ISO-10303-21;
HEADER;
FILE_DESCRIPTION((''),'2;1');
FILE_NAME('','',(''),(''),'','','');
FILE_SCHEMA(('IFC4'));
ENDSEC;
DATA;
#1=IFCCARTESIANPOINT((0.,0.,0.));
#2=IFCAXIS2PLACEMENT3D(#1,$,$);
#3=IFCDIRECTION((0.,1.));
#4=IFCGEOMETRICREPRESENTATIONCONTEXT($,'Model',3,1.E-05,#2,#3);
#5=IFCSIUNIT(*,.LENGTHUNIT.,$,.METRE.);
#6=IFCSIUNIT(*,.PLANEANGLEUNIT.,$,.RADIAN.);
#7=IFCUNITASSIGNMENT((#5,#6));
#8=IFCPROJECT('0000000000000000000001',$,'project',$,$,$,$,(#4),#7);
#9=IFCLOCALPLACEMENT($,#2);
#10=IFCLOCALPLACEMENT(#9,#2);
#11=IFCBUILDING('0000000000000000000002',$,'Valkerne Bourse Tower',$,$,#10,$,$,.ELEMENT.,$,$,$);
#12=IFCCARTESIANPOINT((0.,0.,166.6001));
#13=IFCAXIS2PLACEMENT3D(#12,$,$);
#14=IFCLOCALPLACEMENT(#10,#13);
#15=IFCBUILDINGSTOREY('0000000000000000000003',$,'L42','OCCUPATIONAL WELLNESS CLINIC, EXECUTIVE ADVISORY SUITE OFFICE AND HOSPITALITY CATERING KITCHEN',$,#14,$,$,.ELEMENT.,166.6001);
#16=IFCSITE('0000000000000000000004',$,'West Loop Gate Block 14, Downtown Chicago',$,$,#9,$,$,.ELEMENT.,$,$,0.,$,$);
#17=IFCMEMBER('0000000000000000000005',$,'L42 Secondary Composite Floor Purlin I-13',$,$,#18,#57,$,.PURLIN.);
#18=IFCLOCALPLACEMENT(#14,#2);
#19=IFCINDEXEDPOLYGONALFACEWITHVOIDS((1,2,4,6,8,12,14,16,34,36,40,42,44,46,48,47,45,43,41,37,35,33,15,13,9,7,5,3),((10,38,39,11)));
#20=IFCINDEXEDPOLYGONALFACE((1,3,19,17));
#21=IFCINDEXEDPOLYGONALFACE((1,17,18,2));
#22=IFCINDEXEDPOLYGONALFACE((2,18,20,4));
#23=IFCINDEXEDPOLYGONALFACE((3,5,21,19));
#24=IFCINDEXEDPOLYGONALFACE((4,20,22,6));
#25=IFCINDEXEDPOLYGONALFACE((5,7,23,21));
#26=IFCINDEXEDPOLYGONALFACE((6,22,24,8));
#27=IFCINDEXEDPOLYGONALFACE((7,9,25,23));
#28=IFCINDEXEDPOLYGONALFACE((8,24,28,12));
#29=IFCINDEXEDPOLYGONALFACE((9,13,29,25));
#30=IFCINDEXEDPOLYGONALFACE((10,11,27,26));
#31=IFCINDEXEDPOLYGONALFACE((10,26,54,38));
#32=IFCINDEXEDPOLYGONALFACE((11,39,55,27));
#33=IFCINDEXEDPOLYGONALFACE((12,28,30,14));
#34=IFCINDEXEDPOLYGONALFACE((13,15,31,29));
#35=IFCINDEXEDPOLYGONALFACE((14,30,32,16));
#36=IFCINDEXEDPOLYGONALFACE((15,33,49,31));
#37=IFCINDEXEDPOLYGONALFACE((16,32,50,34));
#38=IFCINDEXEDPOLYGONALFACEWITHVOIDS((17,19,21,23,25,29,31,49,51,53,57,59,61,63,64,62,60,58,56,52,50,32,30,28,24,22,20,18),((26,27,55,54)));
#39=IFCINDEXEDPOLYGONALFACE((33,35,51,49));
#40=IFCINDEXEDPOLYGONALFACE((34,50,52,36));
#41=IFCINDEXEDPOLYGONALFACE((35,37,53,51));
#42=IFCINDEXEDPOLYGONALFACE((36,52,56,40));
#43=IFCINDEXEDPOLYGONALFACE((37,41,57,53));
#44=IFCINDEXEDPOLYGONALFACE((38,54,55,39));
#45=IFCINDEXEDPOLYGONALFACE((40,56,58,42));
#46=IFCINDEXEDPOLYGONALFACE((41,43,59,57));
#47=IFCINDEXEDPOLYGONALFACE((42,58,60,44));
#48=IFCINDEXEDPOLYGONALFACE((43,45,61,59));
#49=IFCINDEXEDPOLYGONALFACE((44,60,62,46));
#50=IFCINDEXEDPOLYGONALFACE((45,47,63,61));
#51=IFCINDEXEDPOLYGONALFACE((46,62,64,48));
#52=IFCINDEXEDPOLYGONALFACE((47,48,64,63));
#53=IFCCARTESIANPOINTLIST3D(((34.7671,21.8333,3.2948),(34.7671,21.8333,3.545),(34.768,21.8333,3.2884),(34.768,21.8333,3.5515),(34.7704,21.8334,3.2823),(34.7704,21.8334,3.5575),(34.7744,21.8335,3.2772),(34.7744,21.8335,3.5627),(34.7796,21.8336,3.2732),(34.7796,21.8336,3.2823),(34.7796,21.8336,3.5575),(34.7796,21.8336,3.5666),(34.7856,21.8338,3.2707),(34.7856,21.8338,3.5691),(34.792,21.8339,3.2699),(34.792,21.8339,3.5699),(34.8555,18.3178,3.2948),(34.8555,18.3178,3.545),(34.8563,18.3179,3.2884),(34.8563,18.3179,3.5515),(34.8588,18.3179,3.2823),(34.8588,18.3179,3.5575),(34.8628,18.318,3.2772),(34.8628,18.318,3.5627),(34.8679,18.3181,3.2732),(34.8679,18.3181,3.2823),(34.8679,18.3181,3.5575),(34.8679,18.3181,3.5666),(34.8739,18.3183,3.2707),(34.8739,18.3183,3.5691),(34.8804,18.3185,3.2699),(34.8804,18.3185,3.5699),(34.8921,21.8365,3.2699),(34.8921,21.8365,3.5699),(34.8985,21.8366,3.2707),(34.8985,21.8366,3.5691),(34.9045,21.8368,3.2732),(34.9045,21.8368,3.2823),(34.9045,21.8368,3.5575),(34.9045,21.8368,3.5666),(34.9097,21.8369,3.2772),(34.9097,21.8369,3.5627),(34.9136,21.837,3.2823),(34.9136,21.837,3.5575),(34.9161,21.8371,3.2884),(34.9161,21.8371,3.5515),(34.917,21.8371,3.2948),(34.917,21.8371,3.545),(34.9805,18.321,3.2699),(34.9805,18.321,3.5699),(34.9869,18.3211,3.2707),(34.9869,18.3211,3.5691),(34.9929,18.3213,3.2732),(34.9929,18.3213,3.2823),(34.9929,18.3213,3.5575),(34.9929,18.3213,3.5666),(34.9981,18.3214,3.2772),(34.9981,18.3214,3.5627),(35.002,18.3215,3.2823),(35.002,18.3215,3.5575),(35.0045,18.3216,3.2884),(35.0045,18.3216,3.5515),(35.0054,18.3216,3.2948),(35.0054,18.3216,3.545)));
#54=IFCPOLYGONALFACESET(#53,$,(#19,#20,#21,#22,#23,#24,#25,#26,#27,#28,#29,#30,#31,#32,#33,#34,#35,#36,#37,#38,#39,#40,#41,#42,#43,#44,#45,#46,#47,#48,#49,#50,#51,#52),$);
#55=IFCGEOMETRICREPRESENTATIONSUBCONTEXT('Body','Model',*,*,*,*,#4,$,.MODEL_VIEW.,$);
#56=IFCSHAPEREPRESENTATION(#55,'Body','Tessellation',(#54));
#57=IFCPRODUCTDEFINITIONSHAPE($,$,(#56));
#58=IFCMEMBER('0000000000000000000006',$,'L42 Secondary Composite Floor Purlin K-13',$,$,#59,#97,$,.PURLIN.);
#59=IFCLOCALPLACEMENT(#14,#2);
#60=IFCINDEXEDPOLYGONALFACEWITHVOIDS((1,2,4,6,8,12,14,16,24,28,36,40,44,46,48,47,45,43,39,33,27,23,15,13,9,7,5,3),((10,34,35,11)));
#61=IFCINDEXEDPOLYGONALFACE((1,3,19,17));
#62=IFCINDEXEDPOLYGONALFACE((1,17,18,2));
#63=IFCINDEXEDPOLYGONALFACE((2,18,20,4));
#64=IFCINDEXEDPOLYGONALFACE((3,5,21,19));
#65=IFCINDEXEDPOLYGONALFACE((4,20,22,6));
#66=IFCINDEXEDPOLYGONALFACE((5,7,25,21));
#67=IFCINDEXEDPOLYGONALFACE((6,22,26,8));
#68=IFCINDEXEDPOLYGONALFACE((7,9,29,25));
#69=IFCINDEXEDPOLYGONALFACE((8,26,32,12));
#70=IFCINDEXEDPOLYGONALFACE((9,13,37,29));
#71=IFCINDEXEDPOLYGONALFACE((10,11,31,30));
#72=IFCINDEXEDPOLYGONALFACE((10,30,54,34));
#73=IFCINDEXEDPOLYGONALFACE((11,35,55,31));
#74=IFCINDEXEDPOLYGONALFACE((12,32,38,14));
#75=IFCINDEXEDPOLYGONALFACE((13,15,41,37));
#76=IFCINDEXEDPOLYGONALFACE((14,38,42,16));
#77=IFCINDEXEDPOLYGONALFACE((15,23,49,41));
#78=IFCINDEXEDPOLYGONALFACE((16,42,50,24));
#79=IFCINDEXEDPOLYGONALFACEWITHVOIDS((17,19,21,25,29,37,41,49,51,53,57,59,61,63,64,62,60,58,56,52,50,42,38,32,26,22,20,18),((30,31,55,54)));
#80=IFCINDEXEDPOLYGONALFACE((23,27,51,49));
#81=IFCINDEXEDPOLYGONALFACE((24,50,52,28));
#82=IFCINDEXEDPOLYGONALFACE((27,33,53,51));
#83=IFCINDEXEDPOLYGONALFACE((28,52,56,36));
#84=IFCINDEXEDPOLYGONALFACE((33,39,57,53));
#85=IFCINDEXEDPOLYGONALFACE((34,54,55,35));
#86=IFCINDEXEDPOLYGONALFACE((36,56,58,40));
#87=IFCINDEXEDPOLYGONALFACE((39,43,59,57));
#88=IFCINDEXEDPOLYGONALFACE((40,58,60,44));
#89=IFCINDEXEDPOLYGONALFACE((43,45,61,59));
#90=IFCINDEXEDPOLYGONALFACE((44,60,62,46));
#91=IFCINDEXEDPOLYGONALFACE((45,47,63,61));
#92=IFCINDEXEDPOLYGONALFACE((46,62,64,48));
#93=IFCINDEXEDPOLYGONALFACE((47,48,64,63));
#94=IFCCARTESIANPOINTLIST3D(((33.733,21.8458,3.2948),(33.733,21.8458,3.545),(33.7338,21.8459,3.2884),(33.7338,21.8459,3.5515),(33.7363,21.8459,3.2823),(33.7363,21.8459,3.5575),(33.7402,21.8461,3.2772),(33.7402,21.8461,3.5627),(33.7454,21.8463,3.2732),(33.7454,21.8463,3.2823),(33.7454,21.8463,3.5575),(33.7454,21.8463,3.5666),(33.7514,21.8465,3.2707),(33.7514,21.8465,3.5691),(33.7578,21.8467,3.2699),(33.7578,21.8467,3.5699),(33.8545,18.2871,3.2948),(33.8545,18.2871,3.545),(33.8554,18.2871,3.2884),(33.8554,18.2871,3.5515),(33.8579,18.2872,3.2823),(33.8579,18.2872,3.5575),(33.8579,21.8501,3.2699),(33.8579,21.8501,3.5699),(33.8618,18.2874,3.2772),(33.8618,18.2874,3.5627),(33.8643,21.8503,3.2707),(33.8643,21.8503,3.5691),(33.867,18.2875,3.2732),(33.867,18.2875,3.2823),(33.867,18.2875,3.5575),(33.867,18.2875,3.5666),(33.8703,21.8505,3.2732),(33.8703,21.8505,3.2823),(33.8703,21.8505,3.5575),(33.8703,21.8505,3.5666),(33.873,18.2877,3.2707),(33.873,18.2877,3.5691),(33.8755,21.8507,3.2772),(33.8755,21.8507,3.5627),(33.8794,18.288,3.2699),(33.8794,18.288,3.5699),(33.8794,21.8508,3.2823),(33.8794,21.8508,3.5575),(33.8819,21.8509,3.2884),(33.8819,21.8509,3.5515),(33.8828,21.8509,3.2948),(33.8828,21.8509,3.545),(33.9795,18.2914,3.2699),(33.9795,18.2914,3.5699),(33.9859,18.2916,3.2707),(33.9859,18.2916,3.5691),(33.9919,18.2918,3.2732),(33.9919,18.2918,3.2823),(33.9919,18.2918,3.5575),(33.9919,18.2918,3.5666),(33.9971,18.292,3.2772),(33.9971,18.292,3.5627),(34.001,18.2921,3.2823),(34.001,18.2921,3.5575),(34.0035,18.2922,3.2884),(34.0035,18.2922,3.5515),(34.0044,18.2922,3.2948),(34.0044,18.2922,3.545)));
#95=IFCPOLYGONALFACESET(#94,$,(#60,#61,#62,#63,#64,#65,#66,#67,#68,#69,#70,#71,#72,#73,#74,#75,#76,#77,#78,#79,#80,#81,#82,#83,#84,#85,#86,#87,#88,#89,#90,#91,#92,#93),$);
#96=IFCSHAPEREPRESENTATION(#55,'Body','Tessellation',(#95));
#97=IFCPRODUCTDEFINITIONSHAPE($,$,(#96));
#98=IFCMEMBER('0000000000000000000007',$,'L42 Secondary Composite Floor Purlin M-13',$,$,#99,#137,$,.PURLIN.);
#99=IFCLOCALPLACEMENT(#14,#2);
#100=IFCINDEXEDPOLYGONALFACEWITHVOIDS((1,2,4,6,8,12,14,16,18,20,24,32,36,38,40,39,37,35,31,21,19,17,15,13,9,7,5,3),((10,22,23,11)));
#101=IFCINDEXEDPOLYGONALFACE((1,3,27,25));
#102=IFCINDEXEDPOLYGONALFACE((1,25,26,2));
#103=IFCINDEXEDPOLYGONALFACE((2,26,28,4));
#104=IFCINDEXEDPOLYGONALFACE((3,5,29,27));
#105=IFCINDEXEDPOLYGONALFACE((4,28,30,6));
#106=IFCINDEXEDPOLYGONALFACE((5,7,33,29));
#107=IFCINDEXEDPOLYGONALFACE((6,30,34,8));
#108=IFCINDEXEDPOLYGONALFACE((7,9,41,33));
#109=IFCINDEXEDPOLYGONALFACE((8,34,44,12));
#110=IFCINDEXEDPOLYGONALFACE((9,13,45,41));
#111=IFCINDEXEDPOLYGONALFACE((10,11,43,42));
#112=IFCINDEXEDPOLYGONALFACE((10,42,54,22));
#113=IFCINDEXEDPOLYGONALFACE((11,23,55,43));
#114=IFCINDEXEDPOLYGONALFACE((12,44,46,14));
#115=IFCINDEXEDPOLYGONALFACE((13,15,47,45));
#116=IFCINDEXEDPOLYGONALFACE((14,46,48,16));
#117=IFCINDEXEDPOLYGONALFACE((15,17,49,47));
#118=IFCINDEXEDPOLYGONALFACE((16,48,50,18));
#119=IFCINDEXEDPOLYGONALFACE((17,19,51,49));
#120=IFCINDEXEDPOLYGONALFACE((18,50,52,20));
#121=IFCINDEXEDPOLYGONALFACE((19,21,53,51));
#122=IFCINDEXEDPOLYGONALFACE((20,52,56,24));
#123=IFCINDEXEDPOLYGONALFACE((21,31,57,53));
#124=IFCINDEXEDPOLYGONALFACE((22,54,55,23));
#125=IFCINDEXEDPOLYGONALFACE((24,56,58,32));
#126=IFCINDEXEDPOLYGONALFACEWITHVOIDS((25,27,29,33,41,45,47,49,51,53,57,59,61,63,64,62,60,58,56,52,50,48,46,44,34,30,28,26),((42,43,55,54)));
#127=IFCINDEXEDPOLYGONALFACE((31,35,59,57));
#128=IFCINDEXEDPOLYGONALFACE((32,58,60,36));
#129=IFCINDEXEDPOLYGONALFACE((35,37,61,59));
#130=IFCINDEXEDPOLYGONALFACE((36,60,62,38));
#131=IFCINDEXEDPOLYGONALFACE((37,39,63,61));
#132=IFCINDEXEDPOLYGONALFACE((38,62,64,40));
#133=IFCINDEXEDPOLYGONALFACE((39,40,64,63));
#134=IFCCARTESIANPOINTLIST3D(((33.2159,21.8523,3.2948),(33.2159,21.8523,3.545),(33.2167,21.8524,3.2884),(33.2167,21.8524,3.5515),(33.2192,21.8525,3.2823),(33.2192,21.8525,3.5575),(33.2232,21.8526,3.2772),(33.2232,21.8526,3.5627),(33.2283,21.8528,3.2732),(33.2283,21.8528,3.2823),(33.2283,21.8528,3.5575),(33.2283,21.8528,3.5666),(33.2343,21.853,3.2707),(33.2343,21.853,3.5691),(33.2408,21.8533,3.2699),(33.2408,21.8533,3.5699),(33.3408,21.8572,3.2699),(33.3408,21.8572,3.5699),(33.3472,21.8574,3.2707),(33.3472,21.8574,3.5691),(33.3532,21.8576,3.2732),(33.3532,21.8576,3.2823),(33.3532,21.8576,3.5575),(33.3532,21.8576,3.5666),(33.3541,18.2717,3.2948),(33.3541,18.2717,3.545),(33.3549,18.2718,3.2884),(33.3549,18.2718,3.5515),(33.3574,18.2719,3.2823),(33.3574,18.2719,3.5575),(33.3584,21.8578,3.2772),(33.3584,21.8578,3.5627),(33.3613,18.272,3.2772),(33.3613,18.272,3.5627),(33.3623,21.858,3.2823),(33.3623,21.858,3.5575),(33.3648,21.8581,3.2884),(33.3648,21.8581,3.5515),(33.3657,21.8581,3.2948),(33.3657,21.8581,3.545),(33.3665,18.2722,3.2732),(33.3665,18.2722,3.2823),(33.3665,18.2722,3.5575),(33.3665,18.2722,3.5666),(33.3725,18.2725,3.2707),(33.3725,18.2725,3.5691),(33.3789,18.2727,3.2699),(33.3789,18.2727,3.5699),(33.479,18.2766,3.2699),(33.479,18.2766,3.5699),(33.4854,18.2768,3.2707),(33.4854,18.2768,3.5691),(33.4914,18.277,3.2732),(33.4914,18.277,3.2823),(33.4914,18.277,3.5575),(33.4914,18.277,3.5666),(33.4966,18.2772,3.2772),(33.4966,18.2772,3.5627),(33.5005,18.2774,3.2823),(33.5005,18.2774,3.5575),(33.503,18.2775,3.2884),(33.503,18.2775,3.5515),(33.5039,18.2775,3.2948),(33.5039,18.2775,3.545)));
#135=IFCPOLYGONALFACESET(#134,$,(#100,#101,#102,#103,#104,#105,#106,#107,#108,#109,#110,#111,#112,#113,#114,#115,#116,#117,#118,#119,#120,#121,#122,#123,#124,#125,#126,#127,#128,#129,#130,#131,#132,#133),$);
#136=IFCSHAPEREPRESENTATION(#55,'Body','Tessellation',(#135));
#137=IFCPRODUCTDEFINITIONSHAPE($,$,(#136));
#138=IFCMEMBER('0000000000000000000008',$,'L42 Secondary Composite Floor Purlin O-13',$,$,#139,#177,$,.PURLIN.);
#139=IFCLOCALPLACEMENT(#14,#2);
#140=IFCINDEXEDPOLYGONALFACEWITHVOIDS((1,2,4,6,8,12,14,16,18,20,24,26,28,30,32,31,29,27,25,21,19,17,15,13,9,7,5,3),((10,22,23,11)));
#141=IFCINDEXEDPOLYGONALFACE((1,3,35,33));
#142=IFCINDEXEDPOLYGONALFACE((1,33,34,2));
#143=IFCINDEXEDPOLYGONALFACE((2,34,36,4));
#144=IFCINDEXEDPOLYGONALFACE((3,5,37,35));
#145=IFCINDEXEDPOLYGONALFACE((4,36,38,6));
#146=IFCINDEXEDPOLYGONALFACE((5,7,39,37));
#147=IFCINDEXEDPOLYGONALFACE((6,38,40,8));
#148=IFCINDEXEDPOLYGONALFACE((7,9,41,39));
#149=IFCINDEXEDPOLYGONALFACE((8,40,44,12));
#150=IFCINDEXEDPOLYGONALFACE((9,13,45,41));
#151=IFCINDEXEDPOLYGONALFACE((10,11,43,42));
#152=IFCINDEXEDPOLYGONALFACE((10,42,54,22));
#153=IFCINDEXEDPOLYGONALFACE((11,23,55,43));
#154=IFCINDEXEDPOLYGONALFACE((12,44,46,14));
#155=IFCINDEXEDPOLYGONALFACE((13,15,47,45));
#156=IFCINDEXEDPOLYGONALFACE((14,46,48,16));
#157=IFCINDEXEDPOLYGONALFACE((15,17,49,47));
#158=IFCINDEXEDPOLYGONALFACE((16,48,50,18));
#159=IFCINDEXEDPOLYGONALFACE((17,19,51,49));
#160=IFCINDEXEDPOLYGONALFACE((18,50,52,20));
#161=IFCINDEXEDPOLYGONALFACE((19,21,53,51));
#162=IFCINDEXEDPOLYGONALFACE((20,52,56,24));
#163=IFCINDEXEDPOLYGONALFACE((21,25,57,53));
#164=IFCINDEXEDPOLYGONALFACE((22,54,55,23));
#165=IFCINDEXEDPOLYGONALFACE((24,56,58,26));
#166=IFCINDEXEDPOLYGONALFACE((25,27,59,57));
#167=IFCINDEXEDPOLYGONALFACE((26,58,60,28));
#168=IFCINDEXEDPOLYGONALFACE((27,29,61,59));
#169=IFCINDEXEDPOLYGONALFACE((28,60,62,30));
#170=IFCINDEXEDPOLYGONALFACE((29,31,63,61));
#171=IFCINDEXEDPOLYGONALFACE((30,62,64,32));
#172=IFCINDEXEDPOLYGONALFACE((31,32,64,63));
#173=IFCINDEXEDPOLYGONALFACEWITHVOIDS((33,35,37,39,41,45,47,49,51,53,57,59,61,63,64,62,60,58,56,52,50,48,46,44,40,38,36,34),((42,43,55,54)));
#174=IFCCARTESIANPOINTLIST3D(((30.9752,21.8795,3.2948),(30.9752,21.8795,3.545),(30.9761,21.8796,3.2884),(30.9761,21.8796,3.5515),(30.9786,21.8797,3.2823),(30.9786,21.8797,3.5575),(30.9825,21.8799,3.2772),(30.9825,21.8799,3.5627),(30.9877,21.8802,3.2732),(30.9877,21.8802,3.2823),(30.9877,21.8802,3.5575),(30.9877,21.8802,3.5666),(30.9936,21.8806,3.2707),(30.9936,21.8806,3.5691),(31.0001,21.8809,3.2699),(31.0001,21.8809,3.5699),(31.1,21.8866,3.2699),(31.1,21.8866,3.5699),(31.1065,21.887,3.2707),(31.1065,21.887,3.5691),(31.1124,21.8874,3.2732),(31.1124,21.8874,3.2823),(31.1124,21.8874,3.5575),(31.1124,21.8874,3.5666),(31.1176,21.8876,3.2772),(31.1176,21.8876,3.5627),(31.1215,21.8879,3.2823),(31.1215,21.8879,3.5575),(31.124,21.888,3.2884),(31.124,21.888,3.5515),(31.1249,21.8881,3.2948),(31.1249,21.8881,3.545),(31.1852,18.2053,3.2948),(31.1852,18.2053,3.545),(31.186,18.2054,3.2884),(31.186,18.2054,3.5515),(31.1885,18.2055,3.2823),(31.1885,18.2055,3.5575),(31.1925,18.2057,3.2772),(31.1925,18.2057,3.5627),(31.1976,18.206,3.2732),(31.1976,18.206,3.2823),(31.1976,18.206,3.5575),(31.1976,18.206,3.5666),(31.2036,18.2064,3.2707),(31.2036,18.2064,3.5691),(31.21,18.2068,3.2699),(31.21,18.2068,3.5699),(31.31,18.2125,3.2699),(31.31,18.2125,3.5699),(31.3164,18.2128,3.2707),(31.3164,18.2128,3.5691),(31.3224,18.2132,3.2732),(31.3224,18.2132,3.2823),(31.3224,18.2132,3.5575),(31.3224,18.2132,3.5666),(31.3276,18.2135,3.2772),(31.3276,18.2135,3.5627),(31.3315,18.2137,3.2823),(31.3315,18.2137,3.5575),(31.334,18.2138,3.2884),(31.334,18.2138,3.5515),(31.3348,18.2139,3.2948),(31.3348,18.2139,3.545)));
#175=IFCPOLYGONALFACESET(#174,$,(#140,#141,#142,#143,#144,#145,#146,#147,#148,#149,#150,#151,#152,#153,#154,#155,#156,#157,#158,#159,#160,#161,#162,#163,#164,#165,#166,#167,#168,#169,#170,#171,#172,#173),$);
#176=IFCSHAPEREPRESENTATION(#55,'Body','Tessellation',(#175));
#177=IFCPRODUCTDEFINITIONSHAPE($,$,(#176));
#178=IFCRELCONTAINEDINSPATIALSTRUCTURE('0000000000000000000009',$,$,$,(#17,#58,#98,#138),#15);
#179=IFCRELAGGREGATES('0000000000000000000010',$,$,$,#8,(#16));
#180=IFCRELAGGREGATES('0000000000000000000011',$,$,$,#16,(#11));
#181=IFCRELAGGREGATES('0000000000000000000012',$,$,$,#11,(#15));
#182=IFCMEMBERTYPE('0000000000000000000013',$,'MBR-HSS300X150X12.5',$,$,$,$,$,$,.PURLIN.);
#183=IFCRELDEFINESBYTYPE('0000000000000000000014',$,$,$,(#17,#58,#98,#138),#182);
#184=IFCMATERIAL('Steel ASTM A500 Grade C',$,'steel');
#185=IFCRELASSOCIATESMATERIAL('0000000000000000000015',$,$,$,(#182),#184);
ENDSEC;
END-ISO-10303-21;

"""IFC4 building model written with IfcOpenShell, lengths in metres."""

from ifc_helpers import new_model, si_unit, direction, frame, origin, origin_2d, place, context, subcontext, project, spatial, hollow_rectangle, extrude, material, material_profile, profile_set, type_object, element, save


model = new_model("IFC4")

# Units and contexts
model_context = context("Model", 3, precision=1e-05, world=origin(), true_north=direction((0.0, 1.0)))
body_context = subcontext(model_context, "Body", "Model", "MODEL_VIEW")
ifc_project = project(units=[si_unit("LENGTHUNIT", "METRE"), si_unit("PLANEANGLEUNIT", "RADIAN")], contexts=[model_context])

# Site, building, storey
site_placement = place(None, origin())
site = spatial("IfcSite", under=ifc_project, at=site_placement, Name="West Loop Gate Block 14, Downtown Chicago", CompositionType="ELEMENT", RefElevation=0.0)
building_placement = place(site_placement, origin())
building = spatial("IfcBuilding", under=site, at=building_placement, Name="Valkerne Bourse Tower", CompositionType="ELEMENT")
storey_placement = place(building_placement, frame((0.0, 0.0, 166.6001)))
storey = spatial("IfcBuildingStorey", under=building, at=storey_placement, Name="L42", Description="OCCUPATIONAL WELLNESS CLINIC, EXECUTIVE ADVISORY SUITE OFFICE AND HOSPITALITY CATERING KITCHEN", CompositionType="ELEMENT", Elevation=166.6001)

# Members
ifc_material_1 = material(Name="Steel ASTM A500 Grade C", Category="steel")
ifc_material_profile_1 = material_profile(ifc_material_1, hollow_rectangle(XDim=0.1499, YDim=0.3, WallThickness=0.0125, OuterFilletRadius=0.0249, at=origin_2d()), Name="HSS300X150X12.5")
ifc_profile_set_1 = profile_set([ifc_material_profile_1], Name="Steel ASTM A500 Grade C")
member_type_1 = type_object("IfcMemberType", Name="MBR-HSS300X150X12.5", PredefinedType="PURLIN", material=ifc_profile_set_1)
member_1_placement = place(storey_placement, frame((34.842, 21.8352, 3.4199), z_axis=(0.025133, -0.999684, 0.0), x_axis=(0.999684, 0.025133, 0.0)))
element("IfcMember", 1, at=member_1_placement, inside=storey, type_object=member_type_1, Name="L42 Secondary Composite Floor Purlin I-13", PredefinedType="PURLIN", context=body_context, shape_type="SweptSolid", body=[
    extrude(hollow_rectangle(XDim=0.1499, YDim=0.3, WallThickness=0.0125, OuterFilletRadius=0.0249, at=origin_2d()), origin(), (0.0, 0.0, 1.0), 3.5166),
])
member_2_placement = place(storey_placement, frame((33.8079, 21.8484, 3.4199), z_axis=(0.034146, -0.999417, 0.0), x_axis=(0.999417, 0.034146, 0.0)))
element("IfcMember", 2, at=member_2_placement, inside=storey, type_object=member_type_1, Name="L42 Secondary Composite Floor Purlin K-13", PredefinedType="PURLIN", context=body_context, shape_type="SweptSolid", body=[
    extrude(hollow_rectangle(XDim=0.1499, YDim=0.3, WallThickness=0.0125, OuterFilletRadius=0.0249, at=origin_2d()), origin(), (0.0, 0.0, 1.0), 3.5608),
])
member_3_placement = place(storey_placement, frame((33.2908, 21.8552, 3.4199), z_axis=(0.038564, -0.999256, 0.0), x_axis=(0.999256, 0.038564, 0.0)))
element("IfcMember", 3, at=member_3_placement, inside=storey, type_object=member_type_1, Name="L42 Secondary Composite Floor Purlin M-13", PredefinedType="PURLIN", context=body_context, shape_type="SweptSolid", body=[
    extrude(hollow_rectangle(XDim=0.1499, YDim=0.3, WallThickness=0.0125, OuterFilletRadius=0.0249, at=origin_2d()), origin(), (0.0, 0.0, 1.0), 3.5833),
])
member_4_placement = place(storey_placement, frame((31.05, 21.8838, 3.4199), z_axis=(0.057054, -0.998371, 0.0), x_axis=(0.998371, 0.057054, 0.0)))
element("IfcMember", 4, at=member_4_placement, inside=storey, type_object=member_type_1, Name="L42 Secondary Composite Floor Purlin O-13", PredefinedType="PURLIN", context=body_context, shape_type="SweptSolid", body=[
    extrude(hollow_rectangle(XDim=0.1499, YDim=0.3, WallThickness=0.0125, OuterFilletRadius=0.0249, at=origin_2d()), origin(), (0.0, 0.0, 1.0), 3.6802),
])

save(model, "model.ifc")
